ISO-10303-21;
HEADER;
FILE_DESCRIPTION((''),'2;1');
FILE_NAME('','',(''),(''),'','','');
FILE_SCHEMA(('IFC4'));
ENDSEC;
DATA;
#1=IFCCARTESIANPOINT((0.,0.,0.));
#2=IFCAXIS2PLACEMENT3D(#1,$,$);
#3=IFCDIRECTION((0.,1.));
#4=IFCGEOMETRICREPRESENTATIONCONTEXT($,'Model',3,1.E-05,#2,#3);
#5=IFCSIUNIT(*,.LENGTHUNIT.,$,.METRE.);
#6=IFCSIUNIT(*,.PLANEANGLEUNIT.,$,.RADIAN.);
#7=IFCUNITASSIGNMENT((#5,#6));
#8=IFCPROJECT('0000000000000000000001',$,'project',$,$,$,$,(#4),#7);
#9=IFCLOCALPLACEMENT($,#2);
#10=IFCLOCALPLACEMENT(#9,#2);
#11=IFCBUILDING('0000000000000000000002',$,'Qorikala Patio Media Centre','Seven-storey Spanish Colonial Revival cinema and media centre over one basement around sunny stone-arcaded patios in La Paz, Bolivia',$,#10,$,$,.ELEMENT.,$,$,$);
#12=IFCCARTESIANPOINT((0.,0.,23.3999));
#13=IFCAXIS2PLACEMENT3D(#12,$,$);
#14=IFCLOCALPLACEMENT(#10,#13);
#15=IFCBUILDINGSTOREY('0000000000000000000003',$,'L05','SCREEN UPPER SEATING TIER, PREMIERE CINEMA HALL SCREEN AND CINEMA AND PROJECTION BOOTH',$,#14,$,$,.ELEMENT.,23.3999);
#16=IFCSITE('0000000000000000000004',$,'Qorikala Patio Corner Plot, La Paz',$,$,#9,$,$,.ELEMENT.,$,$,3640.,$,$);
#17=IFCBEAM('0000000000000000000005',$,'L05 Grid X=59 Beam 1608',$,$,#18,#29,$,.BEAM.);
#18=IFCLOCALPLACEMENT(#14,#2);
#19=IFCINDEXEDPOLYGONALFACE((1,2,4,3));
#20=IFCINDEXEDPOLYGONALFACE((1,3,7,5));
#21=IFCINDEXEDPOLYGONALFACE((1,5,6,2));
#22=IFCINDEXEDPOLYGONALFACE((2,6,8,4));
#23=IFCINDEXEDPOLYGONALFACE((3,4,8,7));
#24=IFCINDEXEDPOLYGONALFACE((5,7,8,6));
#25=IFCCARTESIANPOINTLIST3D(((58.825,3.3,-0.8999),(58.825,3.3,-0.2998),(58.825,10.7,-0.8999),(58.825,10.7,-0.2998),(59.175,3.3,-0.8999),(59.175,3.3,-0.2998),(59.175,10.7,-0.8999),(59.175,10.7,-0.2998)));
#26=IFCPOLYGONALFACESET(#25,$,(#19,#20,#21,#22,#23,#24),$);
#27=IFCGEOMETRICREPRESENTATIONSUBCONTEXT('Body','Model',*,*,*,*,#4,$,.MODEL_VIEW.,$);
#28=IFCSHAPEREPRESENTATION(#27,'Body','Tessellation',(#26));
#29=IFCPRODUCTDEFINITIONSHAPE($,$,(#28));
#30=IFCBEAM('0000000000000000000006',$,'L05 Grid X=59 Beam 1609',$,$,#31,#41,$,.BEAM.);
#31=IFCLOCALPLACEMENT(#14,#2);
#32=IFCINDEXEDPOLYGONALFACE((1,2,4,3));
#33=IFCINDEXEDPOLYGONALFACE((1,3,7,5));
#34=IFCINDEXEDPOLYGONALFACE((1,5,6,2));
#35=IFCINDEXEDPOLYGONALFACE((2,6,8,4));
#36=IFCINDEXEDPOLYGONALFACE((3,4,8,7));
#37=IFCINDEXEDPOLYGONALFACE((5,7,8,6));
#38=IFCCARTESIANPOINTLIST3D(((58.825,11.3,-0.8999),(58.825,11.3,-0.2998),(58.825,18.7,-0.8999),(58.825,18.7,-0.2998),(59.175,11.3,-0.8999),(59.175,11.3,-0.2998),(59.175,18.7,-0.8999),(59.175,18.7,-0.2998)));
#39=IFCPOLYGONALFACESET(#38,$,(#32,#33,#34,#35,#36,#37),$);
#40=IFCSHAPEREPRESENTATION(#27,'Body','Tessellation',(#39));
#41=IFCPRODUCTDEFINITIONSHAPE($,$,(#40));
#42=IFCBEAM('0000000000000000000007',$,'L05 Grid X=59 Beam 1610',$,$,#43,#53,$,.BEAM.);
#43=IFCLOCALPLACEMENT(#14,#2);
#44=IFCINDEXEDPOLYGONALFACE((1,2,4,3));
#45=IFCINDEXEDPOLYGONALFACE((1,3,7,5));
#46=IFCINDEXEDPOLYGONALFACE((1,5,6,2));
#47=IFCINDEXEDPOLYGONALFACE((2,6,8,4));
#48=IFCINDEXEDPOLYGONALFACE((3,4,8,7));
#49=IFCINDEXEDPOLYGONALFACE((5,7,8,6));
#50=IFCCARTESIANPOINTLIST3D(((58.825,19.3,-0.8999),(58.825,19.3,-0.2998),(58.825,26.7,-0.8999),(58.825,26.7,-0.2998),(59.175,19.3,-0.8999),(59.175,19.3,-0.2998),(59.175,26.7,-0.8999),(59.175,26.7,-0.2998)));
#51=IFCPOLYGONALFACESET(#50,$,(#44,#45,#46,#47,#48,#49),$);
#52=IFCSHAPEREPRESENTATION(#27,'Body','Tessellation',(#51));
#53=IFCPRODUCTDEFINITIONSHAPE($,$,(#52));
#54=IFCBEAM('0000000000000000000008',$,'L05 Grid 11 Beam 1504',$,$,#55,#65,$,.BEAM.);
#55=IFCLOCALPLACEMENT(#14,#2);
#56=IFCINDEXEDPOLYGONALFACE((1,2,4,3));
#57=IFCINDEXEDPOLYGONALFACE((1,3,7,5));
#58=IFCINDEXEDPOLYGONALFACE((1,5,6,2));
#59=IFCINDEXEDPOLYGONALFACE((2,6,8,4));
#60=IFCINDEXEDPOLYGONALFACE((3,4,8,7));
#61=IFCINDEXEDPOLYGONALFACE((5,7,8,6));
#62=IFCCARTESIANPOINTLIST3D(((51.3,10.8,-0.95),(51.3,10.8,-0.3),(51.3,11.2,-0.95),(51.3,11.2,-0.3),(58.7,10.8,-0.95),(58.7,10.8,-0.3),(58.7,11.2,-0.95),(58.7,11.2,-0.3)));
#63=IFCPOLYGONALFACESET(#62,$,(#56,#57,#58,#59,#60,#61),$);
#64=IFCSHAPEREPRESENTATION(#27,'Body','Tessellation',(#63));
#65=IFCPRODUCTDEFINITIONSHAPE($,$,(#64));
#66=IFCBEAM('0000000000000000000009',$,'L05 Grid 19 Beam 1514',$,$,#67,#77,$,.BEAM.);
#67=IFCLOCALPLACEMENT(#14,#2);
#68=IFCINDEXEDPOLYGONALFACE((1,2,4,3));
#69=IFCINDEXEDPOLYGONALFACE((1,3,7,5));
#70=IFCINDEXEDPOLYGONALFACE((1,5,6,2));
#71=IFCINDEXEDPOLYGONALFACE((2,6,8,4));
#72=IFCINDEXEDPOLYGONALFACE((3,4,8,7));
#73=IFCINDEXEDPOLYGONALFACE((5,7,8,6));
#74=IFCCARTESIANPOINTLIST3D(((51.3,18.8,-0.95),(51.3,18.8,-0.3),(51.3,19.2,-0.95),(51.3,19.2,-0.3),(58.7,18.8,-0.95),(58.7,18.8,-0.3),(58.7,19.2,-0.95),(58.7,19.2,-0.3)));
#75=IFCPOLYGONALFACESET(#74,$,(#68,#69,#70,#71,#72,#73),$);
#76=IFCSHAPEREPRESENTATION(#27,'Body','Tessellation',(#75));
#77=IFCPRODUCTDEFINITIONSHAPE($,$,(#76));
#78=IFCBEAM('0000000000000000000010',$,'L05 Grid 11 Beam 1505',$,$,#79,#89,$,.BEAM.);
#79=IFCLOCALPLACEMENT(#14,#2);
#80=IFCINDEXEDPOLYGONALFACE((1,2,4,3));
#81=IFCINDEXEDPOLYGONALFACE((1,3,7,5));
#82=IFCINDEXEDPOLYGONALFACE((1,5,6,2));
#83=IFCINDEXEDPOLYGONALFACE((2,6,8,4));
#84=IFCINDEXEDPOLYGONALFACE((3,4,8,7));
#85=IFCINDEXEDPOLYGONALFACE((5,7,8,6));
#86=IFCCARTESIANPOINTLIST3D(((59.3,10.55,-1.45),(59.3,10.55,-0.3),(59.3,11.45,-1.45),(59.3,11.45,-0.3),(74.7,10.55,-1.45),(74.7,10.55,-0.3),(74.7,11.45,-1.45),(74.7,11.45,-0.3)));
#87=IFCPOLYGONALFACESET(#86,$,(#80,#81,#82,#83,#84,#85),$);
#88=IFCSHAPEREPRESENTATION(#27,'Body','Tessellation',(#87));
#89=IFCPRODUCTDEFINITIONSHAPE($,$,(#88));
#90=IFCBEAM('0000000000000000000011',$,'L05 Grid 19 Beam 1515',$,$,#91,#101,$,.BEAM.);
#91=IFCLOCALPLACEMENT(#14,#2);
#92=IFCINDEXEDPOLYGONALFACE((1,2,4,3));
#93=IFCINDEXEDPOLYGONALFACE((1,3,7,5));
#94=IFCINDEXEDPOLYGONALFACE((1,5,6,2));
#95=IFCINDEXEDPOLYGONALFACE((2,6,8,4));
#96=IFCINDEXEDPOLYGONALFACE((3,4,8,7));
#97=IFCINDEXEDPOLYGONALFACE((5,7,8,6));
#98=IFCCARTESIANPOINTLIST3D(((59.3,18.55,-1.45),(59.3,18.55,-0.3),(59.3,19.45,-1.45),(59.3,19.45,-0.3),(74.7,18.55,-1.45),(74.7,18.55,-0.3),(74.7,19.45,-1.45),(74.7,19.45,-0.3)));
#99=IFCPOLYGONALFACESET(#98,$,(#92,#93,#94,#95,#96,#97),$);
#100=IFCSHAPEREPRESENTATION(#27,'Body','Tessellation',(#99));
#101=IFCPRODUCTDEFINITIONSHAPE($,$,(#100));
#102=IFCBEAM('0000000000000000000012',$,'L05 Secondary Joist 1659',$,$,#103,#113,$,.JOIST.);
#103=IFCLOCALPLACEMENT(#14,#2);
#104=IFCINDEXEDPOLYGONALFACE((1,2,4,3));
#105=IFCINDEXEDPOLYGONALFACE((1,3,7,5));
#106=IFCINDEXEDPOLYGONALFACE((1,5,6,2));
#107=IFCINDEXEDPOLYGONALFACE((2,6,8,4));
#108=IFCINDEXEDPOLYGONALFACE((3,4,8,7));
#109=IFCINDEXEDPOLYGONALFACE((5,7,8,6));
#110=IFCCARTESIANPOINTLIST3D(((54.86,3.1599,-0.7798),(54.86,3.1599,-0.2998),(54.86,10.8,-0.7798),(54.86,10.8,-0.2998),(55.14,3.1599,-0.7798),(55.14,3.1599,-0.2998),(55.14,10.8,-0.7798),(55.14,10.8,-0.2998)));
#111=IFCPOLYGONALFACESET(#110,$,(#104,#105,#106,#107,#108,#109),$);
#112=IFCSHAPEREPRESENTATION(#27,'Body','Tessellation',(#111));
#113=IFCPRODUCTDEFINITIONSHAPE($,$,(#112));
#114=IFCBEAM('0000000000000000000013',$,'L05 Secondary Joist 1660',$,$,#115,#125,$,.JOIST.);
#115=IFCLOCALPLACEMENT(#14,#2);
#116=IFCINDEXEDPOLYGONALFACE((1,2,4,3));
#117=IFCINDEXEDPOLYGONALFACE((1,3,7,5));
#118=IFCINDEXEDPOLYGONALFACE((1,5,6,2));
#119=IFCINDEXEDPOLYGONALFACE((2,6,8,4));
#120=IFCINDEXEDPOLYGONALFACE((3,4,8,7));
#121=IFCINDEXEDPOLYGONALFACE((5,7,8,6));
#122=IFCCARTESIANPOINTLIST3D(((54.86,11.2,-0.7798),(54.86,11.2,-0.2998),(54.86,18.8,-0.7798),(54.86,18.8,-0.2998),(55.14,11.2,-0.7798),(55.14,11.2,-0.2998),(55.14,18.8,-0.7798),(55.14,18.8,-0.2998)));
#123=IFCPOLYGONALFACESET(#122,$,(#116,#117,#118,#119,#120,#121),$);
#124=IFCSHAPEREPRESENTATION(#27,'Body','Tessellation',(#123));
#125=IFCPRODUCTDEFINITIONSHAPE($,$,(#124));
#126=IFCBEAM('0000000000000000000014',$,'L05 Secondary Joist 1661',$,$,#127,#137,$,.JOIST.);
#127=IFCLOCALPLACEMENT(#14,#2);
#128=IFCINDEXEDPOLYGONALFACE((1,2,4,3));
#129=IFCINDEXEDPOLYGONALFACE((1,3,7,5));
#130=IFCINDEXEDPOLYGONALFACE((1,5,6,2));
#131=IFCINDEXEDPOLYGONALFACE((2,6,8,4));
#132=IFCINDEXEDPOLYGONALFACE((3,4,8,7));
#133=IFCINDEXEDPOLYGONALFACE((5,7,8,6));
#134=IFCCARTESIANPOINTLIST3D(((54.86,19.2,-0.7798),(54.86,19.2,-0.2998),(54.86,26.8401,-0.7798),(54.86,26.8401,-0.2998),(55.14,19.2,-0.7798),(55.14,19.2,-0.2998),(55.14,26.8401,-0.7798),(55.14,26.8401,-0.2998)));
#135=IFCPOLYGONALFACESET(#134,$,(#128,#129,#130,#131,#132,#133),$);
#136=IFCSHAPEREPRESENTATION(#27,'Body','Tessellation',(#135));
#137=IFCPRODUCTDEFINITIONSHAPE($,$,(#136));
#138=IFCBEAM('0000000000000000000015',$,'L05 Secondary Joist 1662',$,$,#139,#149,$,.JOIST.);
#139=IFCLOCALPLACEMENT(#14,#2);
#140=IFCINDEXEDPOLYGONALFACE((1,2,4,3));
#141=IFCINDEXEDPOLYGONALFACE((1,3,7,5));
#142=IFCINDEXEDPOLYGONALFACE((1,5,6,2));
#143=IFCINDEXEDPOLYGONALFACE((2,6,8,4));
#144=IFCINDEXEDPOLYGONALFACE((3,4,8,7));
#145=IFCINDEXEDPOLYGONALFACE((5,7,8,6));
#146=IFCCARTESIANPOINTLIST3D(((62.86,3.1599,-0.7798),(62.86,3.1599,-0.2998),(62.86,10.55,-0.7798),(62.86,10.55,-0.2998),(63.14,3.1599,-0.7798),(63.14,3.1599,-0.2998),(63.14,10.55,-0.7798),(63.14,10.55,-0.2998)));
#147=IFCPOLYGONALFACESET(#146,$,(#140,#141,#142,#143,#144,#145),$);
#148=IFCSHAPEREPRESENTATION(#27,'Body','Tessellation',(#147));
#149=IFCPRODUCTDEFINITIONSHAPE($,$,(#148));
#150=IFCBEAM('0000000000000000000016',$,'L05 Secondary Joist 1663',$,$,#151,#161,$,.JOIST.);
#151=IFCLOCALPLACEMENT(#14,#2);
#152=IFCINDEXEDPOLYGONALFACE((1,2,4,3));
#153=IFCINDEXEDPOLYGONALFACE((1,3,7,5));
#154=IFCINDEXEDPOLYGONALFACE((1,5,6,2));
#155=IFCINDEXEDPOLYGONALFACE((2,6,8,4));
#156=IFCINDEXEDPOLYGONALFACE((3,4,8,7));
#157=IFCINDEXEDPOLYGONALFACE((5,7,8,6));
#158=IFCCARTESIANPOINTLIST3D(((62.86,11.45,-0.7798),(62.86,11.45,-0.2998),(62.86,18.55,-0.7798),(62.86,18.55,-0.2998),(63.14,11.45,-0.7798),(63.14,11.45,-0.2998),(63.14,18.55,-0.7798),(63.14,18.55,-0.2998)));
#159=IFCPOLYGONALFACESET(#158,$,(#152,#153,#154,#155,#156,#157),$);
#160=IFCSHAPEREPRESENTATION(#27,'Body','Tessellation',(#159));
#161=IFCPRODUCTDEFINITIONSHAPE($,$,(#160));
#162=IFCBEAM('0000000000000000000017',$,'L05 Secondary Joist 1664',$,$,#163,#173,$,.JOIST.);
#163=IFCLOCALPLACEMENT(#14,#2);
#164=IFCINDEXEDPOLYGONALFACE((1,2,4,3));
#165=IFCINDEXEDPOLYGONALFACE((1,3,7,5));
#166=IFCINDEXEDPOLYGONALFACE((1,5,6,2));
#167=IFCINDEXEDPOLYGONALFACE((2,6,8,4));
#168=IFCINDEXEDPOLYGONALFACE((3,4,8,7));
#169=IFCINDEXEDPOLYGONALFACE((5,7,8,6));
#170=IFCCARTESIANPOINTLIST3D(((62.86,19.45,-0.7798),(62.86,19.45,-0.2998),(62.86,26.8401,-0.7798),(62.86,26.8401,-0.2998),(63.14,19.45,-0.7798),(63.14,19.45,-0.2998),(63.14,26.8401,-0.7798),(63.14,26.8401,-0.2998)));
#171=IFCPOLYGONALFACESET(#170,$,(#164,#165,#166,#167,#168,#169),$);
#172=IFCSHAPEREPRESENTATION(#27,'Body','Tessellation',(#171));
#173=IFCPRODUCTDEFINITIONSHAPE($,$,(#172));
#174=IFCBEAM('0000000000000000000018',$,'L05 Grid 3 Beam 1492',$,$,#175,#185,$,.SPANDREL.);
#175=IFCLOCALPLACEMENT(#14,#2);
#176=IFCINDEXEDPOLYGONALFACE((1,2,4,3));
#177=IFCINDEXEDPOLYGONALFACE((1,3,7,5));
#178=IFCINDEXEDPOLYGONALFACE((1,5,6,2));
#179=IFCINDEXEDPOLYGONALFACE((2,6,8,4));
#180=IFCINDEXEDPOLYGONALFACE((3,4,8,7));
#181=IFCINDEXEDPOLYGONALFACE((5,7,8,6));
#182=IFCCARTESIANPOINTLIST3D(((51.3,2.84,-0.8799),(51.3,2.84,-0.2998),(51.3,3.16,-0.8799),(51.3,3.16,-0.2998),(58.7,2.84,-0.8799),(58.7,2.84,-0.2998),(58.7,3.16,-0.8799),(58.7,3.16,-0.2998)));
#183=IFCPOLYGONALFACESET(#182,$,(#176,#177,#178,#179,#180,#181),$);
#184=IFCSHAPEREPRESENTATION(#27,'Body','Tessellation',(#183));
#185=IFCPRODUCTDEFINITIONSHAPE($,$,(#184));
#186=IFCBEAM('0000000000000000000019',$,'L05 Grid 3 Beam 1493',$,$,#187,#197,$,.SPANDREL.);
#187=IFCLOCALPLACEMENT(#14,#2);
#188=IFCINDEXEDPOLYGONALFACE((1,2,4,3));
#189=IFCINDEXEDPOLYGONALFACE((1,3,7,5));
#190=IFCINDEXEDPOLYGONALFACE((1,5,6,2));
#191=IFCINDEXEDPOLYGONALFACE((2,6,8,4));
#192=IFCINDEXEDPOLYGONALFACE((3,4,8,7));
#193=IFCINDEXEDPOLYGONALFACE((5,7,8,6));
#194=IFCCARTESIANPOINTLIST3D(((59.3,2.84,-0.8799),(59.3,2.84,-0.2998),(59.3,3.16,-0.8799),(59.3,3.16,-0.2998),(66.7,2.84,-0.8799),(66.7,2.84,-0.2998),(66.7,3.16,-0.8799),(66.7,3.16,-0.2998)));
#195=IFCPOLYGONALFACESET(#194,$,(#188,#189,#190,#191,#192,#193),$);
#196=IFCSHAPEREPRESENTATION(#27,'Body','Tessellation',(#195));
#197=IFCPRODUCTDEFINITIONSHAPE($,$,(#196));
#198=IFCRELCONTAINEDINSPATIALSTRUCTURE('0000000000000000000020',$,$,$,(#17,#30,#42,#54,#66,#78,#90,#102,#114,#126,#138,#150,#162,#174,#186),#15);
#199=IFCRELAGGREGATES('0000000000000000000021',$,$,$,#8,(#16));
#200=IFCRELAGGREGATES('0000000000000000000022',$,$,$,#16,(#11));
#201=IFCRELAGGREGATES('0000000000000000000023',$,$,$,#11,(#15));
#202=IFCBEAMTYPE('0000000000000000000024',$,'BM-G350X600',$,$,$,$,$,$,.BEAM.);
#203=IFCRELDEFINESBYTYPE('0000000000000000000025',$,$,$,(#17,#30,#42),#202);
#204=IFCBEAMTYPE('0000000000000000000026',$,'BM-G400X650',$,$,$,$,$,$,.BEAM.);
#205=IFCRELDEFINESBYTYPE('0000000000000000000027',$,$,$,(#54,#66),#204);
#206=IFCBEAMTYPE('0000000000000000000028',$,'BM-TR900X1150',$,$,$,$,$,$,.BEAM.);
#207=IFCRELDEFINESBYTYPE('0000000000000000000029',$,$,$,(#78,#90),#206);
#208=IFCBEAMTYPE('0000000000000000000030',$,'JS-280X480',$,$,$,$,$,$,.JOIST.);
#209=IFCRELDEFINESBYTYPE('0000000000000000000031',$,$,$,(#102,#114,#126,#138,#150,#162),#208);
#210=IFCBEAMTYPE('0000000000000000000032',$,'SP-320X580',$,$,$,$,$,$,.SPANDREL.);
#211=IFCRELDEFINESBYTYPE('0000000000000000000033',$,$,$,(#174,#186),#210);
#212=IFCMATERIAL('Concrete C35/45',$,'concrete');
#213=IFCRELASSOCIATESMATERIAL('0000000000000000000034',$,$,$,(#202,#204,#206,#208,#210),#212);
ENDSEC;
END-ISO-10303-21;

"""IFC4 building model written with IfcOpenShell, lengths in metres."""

from ifc_helpers import new_model, si_unit, direction, frame, origin, origin_2d, place, context, subcontext, project, spatial, rectangle, extrude, material, material_profile, profile_set, type_object, element, save


model = new_model("IFC4")

# Units and contexts
model_context = context("Model", 3, precision=1e-05, world=origin(), true_north=direction((0.0, 1.0)))
body_context = subcontext(model_context, "Body", "Model", "MODEL_VIEW")
ifc_project = project(units=[si_unit("LENGTHUNIT", "METRE"), si_unit("PLANEANGLEUNIT", "RADIAN")], contexts=[model_context])

# Site, building, storey
site_placement = place(None, origin())
site = spatial("IfcSite", under=ifc_project, at=site_placement, Name="Qorikala Patio Corner Plot, La Paz", CompositionType="ELEMENT", RefElevation=3640.0)
building_placement = place(site_placement, origin())
building = spatial("IfcBuilding", under=site, at=building_placement, Name="Qorikala Patio Media Centre", Description="Seven-storey Spanish Colonial Revival cinema and media centre over one basement around sunny stone-arcaded patios in La Paz, Bolivia", CompositionType="ELEMENT")
storey_placement = place(building_placement, frame((0.0, 0.0, 23.3999)))
storey = spatial("IfcBuildingStorey", under=building, at=storey_placement, Name="L05", Description="SCREEN UPPER SEATING TIER, PREMIERE CINEMA HALL SCREEN AND CINEMA AND PROJECTION BOOTH", CompositionType="ELEMENT", Elevation=23.3999)

# Beams
ifc_material_1 = material(Name="Concrete C35/45", Category="concrete")
ifc_material_profile_1 = material_profile(ifc_material_1, rectangle(XDim=0.3501, YDim=0.6001, at=origin_2d()), Name="RC 350x600")
ifc_profile_set_1 = profile_set([ifc_material_profile_1], Name="Concrete C35/45")
beam_type_1 = type_object("IfcBeamType", Name="BM-G350X600", PredefinedType="BEAM", material=ifc_profile_set_1)
for number, where, z_axis, x_axis, name in (
    (1, (59.0, 3.3, -0.5999), (0.0, 1.0, 0.0), (-1.0, 0.0, 0.0), "L05 Grid X=59 Beam 1608"),
    (2, (59.0, 11.3, -0.5999), (0.0, 1.0, 0.0), (-1.0, 0.0, 0.0), "L05 Grid X=59 Beam 1609"),
    (3, (59.0, 19.3, -0.5999), (0.0, 1.0, 0.0), (-1.0, 0.0, 0.0), "L05 Grid X=59 Beam 1610"),
):
    element("IfcBeam", number, at=place(storey_placement, frame(where, z_axis=z_axis, x_axis=x_axis)), inside=storey, type_object=beam_type_1, Name=name, PredefinedType="BEAM", context=body_context, shape_type="SweptSolid", body=[
        extrude(rectangle(XDim=0.3501, YDim=0.6001, at=origin_2d()), origin(), (0.0, 0.0, 1.0), 7.3999),
    ])
ifc_material_profile_2 = material_profile(ifc_material_1, rectangle(XDim=0.3999, YDim=0.6499, at=origin_2d()), Name="RC 400x650")
ifc_profile_set_2 = profile_set([ifc_material_profile_2], Name="Concrete C35/45")
beam_type_2 = type_object("IfcBeamType", Name="BM-G400X650", PredefinedType="BEAM", material=ifc_profile_set_2)
for number, where, z_axis, x_axis, name in (
    (4, (51.3, 11.0, -0.625), (1.0, 0.0, 0.0), (0.0, 1.0, 0.0), "L05 Grid 11 Beam 1504"),
    (5, (51.3, 19.0, -0.625), (1.0, 0.0, 0.0), (0.0, 1.0, 0.0), "L05 Grid 19 Beam 1514"),
):
    element("IfcBeam", number, at=place(storey_placement, frame(where, z_axis=z_axis, x_axis=x_axis)), inside=storey, type_object=beam_type_2, Name=name, PredefinedType="BEAM", context=body_context, shape_type="SweptSolid", body=[
        extrude(rectangle(XDim=0.3999, YDim=0.6499, at=origin_2d()), origin(), (0.0, 0.0, 1.0), 7.3999),
    ])
ifc_material_profile_3 = material_profile(ifc_material_1, rectangle(XDim=0.8999, YDim=1.1499, at=origin_2d()), Name="RC 900x1150")
ifc_profile_set_3 = profile_set([ifc_material_profile_3], Name="Concrete C35/45")
beam_type_3 = type_object("IfcBeamType", Name="BM-TR900X1150", PredefinedType="BEAM", material=ifc_profile_set_3)
for number, where, z_axis, x_axis, name in (
    (6, (59.3, 11.0, -0.875), (1.0, 0.0, 0.0), (0.0, 1.0, 0.0), "L05 Grid 11 Beam 1505"),
    (7, (59.3, 19.0, -0.875), (1.0, 0.0, 0.0), (0.0, 1.0, 0.0), "L05 Grid 19 Beam 1515"),
):
    element("IfcBeam", number, at=place(storey_placement, frame(where, z_axis=z_axis, x_axis=x_axis)), inside=storey, type_object=beam_type_3, Name=name, PredefinedType="BEAM", context=body_context, shape_type="SweptSolid", body=[
        extrude(rectangle(XDim=0.8999, YDim=1.1499, at=origin_2d()), origin(), (0.0, 0.0, 1.0), 15.3999),
    ])
ifc_material_profile_4 = material_profile(ifc_material_1, rectangle(XDim=0.28, YDim=0.48, at=origin_2d()), Name="RC 280x480")
ifc_profile_set_4 = profile_set([ifc_material_profile_4], Name="Concrete C35/45")
beam_type_4 = type_object("IfcBeamType", Name="JS-280X480", PredefinedType="JOIST", material=ifc_profile_set_4)
beam_1_placement = place(storey_placement, frame((55.0, 3.1599, -0.5398), z_axis=(0.0, 1.0, 0.0), x_axis=(-1.0, 0.0, 0.0)))
element("IfcBeam", 8, at=beam_1_placement, inside=storey, type_object=beam_type_4, Name="L05 Secondary Joist 1659", PredefinedType="JOIST", context=body_context, shape_type="SweptSolid", body=[
    extrude(rectangle(XDim=0.28, YDim=0.48, at=origin_2d()), origin(), (0.0, 0.0, 1.0), 7.6401),
])
beam_2_placement = place(storey_placement, frame((55.0, 11.2, -0.5398), z_axis=(0.0, 1.0, 0.0), x_axis=(-1.0, 0.0, 0.0)))
element("IfcBeam", 9, at=beam_2_placement, inside=storey, type_object=beam_type_4, Name="L05 Secondary Joist 1660", PredefinedType="JOIST", context=body_context, shape_type="SweptSolid", body=[
    extrude(rectangle(XDim=0.28, YDim=0.48, at=origin_2d()), origin(), (0.0, 0.0, 1.0), 7.6001),
])
beam_3_placement = place(storey_placement, frame((55.0, 19.2, -0.5398), z_axis=(0.0, 1.0, 0.0), x_axis=(-1.0, 0.0, 0.0)))
element("IfcBeam", 10, at=beam_3_placement, inside=storey, type_object=beam_type_4, Name="L05 Secondary Joist 1661", PredefinedType="JOIST", context=body_context, shape_type="SweptSolid", body=[
    extrude(rectangle(XDim=0.28, YDim=0.48, at=origin_2d()), origin(), (0.0, 0.0, 1.0), 7.6401),
])
beam_4_placement = place(storey_placement, frame((63.0, 3.1599, -0.5398), z_axis=(0.0, 1.0, 0.0), x_axis=(-1.0, 0.0, 0.0)))
element("IfcBeam", 11, at=beam_4_placement, inside=storey, type_object=beam_type_4, Name="L05 Secondary Joist 1662", PredefinedType="JOIST", context=body_context, shape_type="SweptSolid", body=[
    extrude(rectangle(XDim=0.28, YDim=0.48, at=origin_2d()), origin(), (0.0, 0.0, 1.0), 7.3901),
])
beam_5_placement = place(storey_placement, frame((63.0, 11.45, -0.5398), z_axis=(0.0, 1.0, 0.0), x_axis=(-1.0, 0.0, 0.0)))
element("IfcBeam", 12, at=beam_5_placement, inside=storey, type_object=beam_type_4, Name="L05 Secondary Joist 1663", PredefinedType="JOIST", context=body_context, shape_type="SweptSolid", body=[
    extrude(rectangle(XDim=0.28, YDim=0.48, at=origin_2d()), origin(), (0.0, 0.0, 1.0), 7.1001),
])
beam_6_placement = place(storey_placement, frame((63.0, 19.45, -0.5398), z_axis=(0.0, 1.0, 0.0), x_axis=(-1.0, 0.0, 0.0)))
element("IfcBeam", 13, at=beam_6_placement, inside=storey, type_object=beam_type_4, Name="L05 Secondary Joist 1664", PredefinedType="JOIST", context=body_context, shape_type="SweptSolid", body=[
    extrude(rectangle(XDim=0.28, YDim=0.48, at=origin_2d()), origin(), (0.0, 0.0, 1.0), 7.3901),
])
ifc_material_profile_5 = material_profile(ifc_material_1, rectangle(XDim=0.3201, YDim=0.5801, at=origin_2d()), Name="RC 320x580")
ifc_profile_set_5 = profile_set([ifc_material_profile_5], Name="Concrete C35/45")
beam_type_5 = type_object("IfcBeamType", Name="SP-320X580", PredefinedType="SPANDREL", material=ifc_profile_set_5)
for number, where, z_axis, x_axis, name in (
    (14, (51.3, 3.0, -0.5898), (1.0, 0.0, 0.0), (0.0, 1.0, 0.0), "L05 Grid 3 Beam 1492"),
    (15, (59.3, 3.0, -0.5898), (1.0, 0.0, 0.0), (0.0, 1.0, 0.0), "L05 Grid 3 Beam 1493"),
):
    element("IfcBeam", number, at=place(storey_placement, frame(where, z_axis=z_axis, x_axis=x_axis)), inside=storey, type_object=beam_type_5, Name=name, PredefinedType="SPANDREL", context=body_context, shape_type="SweptSolid", body=[
        extrude(rectangle(XDim=0.3201, YDim=0.5801, at=origin_2d()), origin(), (0.0, 0.0, 1.0), 7.3999),
    ])

save(model, "model.ifc")
